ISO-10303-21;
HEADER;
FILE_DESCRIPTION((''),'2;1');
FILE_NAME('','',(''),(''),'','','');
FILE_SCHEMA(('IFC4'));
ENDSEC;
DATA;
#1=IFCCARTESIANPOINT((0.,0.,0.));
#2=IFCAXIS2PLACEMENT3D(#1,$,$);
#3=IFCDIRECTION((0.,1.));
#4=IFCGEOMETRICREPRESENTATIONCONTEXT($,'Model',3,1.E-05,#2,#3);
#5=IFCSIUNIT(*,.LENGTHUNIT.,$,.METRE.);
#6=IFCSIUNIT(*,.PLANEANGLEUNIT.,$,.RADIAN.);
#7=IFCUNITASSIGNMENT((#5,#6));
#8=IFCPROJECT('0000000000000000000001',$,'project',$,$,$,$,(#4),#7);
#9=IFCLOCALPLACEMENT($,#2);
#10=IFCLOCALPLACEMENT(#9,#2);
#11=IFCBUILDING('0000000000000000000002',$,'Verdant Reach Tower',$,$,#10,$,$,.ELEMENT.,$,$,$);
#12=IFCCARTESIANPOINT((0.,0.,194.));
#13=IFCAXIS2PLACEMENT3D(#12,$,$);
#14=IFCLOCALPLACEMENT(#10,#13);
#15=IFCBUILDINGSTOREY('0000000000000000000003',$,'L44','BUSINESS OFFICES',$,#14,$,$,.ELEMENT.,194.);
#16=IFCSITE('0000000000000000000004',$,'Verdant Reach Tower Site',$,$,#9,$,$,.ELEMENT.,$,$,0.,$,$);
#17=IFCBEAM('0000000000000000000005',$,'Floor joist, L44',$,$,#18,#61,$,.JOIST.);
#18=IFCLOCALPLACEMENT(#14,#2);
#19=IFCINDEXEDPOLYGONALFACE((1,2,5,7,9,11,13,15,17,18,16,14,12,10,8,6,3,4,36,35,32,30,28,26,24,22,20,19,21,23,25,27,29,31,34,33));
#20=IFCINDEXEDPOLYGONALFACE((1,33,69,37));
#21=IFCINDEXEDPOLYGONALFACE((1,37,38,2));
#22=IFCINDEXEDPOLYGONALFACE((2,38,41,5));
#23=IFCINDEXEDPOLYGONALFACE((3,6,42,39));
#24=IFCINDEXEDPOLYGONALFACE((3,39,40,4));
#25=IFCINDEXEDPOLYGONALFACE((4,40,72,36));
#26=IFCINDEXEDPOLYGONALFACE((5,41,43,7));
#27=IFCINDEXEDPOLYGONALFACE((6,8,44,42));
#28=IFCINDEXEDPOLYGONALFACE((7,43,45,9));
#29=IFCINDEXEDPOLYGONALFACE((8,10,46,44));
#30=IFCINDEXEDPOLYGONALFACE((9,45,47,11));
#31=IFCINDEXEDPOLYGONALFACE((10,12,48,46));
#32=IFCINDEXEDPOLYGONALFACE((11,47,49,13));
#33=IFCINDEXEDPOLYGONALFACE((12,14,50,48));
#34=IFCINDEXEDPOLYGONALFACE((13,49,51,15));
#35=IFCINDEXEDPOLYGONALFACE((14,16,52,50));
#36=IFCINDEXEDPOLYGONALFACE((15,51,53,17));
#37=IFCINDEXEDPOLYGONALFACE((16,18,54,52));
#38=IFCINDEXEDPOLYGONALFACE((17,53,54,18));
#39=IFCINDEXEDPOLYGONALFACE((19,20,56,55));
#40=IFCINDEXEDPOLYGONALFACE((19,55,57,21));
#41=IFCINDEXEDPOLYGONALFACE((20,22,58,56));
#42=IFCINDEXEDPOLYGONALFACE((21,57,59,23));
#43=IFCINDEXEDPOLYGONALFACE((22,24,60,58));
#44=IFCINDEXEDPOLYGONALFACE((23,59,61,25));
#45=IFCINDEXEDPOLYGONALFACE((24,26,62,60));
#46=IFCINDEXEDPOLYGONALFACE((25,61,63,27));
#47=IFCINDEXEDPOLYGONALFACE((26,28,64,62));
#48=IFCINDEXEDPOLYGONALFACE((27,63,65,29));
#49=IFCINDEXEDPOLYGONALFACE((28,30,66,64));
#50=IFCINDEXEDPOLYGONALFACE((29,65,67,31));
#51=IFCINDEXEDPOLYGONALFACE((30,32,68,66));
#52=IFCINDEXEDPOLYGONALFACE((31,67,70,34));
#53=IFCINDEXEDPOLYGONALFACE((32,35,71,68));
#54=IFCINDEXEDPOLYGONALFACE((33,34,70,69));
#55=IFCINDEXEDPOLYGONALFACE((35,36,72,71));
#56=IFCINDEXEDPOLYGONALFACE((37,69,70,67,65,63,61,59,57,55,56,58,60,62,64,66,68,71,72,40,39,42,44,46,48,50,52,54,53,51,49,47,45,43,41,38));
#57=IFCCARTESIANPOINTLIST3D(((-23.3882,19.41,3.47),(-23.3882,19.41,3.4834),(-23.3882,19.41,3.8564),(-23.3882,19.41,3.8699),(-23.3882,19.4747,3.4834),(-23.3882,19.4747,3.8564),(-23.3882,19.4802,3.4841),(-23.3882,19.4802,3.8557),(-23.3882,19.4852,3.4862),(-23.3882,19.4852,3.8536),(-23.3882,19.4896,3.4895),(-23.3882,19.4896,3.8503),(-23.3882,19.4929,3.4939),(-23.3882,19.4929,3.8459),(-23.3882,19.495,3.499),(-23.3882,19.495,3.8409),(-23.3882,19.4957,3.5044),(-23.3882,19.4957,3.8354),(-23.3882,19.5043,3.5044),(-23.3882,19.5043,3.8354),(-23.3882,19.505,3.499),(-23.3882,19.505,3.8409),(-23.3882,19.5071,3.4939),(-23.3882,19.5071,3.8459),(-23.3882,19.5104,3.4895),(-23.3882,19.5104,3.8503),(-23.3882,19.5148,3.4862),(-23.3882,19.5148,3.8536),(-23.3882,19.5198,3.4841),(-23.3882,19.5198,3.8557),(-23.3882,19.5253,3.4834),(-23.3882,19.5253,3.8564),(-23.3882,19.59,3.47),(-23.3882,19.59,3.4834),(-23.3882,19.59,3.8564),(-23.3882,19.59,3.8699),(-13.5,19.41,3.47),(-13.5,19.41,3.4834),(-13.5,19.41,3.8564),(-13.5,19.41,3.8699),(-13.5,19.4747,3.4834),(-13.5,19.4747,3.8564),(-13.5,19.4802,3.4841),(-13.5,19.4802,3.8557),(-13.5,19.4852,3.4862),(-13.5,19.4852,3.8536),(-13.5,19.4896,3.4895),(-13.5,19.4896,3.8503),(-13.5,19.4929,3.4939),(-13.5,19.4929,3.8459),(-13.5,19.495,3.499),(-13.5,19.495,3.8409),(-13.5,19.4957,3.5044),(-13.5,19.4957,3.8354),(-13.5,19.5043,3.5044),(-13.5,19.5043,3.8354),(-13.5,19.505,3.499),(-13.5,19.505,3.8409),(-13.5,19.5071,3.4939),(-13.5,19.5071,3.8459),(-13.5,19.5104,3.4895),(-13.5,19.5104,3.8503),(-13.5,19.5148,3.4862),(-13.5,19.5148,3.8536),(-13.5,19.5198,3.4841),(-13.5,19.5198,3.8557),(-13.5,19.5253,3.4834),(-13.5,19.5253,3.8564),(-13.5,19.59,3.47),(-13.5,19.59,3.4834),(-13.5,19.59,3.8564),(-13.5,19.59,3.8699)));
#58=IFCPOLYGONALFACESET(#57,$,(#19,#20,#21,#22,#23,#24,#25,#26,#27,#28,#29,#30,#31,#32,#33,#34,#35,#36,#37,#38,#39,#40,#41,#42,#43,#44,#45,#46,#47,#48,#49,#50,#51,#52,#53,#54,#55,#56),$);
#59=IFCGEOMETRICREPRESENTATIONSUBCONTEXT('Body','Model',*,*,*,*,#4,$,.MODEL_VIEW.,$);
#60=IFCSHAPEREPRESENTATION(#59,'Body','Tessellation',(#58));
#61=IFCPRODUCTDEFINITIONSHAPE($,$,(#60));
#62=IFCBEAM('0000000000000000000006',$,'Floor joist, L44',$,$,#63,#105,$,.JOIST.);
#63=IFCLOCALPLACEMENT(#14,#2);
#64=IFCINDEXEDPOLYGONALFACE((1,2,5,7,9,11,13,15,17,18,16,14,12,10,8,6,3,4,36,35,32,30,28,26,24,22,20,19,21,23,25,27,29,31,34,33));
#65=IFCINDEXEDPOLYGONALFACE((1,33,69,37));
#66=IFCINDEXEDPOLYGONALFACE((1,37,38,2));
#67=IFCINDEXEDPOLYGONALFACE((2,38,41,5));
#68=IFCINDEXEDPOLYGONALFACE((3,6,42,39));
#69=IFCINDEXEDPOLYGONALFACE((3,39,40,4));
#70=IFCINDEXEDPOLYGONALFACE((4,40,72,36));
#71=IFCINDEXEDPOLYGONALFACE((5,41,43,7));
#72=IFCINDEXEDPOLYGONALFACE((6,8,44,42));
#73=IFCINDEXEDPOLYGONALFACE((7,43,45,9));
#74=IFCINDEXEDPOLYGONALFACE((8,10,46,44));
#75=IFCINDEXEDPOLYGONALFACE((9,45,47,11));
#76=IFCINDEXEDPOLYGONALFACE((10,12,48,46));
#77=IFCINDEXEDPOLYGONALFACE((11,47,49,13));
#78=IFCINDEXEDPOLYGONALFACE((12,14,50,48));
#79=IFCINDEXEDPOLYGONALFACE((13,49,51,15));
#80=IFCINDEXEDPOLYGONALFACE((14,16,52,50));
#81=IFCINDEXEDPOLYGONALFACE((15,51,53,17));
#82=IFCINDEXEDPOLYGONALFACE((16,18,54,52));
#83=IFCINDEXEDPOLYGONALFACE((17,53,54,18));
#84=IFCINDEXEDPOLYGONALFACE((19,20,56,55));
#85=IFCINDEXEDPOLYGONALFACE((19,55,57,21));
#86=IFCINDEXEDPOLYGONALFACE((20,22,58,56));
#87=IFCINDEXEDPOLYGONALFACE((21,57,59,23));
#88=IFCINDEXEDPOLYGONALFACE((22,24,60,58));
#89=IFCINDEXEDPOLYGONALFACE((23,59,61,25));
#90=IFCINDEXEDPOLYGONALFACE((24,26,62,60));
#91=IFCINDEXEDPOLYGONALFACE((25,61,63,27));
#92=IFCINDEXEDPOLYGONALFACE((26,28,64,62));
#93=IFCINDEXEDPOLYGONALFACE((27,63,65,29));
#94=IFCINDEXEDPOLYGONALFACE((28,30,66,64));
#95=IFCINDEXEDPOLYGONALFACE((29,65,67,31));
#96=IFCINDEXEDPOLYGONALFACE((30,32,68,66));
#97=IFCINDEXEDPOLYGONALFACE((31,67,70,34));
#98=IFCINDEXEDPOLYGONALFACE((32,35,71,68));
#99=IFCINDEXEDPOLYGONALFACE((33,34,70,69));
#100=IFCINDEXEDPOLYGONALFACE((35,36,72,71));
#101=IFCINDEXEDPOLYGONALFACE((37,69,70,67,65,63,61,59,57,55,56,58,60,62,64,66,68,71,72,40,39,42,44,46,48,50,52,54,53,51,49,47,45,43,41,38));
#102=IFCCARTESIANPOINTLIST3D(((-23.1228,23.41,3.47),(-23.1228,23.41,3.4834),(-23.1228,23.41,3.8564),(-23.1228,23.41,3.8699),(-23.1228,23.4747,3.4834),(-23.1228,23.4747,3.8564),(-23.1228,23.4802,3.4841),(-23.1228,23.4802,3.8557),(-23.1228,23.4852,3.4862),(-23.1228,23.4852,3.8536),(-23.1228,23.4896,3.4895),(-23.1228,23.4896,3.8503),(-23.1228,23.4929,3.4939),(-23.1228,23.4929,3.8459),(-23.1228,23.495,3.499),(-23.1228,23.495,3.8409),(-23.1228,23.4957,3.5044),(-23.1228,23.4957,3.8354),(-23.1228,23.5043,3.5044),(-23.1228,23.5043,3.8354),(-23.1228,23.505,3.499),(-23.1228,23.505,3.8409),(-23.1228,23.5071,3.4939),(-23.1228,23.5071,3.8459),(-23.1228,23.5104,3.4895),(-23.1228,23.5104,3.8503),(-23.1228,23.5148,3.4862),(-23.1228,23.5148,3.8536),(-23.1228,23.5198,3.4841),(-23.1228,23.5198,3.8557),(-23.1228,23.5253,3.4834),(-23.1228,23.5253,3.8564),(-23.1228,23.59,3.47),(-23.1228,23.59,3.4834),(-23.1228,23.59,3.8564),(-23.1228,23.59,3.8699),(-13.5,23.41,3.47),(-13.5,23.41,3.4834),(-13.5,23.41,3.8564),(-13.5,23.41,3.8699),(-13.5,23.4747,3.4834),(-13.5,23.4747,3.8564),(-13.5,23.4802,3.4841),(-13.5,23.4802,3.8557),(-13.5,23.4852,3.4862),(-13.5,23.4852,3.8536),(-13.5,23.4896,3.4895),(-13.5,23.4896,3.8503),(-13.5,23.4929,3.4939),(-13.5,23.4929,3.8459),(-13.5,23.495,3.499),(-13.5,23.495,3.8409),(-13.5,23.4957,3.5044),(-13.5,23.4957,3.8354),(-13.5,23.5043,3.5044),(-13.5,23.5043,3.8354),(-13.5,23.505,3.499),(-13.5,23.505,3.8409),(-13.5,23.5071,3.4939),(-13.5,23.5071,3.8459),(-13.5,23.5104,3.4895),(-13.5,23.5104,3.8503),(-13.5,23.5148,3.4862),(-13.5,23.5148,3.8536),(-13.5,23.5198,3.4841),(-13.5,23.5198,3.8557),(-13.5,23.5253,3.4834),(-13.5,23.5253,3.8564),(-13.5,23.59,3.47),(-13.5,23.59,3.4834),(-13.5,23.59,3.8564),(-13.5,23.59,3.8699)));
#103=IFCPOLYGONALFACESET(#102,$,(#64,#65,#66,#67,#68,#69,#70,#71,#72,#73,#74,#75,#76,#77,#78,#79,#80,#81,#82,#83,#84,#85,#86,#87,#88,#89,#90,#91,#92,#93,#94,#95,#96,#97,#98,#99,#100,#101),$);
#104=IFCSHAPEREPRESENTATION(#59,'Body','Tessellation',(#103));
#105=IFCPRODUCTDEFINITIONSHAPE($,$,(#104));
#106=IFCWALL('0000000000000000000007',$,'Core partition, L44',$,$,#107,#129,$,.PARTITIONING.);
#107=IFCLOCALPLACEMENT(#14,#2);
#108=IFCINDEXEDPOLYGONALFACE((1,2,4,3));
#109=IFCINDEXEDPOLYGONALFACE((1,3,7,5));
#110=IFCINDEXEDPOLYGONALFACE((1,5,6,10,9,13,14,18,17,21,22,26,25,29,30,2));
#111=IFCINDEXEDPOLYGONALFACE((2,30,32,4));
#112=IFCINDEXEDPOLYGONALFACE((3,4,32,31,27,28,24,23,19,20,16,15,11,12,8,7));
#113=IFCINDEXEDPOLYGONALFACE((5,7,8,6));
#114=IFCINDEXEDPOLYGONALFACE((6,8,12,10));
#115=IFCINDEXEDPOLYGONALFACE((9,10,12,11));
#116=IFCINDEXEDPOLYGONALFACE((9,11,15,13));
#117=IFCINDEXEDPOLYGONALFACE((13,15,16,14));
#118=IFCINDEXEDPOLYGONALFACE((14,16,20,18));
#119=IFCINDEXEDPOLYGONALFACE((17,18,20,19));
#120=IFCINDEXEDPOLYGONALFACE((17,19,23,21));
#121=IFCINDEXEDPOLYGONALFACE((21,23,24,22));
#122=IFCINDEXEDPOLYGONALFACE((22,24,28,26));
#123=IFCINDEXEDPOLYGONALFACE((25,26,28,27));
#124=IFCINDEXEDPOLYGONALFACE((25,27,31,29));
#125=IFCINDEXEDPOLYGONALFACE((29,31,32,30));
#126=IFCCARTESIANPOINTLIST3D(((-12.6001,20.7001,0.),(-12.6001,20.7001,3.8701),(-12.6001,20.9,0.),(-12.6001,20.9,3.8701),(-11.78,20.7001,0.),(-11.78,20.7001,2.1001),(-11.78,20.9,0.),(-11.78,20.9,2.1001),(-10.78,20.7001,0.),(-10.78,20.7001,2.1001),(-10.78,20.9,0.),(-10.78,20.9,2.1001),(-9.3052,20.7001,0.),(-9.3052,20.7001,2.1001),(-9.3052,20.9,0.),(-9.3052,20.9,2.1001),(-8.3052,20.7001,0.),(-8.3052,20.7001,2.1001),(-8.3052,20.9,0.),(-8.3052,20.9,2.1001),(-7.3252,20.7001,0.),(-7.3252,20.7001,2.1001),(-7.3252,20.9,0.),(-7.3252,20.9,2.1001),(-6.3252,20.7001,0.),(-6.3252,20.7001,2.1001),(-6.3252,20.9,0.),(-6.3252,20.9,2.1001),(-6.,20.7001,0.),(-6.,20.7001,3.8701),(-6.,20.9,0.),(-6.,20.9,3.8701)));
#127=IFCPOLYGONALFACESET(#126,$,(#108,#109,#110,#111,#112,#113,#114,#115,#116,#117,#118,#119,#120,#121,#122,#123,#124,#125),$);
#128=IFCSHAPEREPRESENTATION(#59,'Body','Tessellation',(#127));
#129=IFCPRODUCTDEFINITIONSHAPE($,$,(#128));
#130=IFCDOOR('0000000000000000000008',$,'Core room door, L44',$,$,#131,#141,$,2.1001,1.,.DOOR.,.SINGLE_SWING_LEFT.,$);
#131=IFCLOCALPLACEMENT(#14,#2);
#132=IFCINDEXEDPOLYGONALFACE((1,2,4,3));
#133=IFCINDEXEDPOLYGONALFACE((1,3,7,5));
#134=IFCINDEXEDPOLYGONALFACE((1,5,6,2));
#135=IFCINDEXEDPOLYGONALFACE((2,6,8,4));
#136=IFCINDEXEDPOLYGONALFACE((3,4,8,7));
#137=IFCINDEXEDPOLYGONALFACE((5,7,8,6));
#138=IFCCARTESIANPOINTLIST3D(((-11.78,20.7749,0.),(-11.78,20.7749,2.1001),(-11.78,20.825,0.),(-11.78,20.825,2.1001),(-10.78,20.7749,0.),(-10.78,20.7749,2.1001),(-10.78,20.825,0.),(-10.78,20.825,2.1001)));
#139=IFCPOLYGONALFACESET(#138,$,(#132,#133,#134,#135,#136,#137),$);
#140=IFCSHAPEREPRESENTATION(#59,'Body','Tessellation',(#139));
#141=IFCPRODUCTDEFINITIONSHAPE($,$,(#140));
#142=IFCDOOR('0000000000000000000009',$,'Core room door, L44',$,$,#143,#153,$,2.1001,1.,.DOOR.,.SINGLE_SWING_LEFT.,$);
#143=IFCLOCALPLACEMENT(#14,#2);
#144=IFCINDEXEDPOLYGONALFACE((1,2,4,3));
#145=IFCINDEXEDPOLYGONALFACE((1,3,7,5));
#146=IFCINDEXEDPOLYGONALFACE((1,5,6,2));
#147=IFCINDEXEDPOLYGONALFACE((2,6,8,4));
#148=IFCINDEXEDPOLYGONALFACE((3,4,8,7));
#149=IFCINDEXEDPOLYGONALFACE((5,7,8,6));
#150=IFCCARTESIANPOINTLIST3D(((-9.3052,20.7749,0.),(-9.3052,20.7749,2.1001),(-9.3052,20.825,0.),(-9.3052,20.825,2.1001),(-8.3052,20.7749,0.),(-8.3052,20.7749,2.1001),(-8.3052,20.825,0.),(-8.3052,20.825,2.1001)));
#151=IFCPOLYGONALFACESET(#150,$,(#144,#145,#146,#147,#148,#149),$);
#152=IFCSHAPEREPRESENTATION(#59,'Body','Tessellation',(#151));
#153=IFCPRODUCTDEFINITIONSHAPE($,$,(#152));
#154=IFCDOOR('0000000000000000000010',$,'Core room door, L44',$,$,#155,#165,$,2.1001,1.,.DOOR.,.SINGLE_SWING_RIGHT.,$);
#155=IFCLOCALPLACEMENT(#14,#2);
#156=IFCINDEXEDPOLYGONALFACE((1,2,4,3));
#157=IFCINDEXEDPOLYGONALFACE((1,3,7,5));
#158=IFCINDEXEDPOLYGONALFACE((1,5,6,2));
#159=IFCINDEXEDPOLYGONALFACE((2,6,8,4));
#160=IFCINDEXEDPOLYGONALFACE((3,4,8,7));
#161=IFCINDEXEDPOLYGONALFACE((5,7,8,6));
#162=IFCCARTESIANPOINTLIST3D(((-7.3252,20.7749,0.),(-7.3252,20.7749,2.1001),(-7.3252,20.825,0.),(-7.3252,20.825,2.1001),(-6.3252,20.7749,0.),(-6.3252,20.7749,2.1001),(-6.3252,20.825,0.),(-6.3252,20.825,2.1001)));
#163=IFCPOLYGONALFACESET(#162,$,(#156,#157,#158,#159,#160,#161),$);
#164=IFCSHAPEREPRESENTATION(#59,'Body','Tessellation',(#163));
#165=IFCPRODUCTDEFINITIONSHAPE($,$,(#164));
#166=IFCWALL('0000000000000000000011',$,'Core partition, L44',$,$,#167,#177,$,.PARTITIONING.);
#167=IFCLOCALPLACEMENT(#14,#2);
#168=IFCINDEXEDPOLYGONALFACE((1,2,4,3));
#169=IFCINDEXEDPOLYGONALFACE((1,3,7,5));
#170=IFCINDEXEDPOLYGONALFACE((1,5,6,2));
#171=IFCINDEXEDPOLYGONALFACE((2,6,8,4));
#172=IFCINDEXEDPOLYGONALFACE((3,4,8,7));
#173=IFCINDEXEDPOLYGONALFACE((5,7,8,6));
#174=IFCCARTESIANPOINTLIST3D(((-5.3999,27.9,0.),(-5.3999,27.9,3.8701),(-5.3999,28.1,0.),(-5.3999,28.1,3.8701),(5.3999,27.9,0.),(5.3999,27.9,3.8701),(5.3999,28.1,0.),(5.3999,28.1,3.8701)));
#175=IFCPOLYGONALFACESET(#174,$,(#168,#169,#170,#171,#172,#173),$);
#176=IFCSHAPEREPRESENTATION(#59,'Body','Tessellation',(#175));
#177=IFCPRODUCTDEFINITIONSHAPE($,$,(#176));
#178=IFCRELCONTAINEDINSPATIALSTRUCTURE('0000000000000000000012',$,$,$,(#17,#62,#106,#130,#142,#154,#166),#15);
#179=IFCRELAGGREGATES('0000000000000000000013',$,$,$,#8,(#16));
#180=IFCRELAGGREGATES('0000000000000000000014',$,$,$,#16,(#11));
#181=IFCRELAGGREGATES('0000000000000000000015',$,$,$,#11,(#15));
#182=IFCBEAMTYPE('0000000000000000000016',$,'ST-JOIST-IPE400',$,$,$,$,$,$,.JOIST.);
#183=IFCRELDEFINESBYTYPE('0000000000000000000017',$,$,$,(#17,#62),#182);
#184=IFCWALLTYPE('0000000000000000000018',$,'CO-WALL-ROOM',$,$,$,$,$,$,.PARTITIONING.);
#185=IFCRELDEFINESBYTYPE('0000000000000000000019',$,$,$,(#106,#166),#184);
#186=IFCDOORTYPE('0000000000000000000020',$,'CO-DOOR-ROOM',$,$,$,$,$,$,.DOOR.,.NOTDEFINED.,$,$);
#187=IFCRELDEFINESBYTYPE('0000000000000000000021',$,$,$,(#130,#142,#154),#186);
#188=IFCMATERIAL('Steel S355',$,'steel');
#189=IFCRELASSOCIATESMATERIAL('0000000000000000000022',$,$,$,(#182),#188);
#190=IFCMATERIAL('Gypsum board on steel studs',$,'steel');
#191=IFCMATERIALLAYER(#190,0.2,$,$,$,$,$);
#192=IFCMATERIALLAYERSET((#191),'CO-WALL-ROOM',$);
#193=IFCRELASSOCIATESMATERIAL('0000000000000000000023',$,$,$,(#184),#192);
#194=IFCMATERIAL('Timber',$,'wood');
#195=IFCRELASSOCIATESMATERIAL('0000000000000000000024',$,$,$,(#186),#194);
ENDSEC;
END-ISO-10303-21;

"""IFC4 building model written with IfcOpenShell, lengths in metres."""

from ifc_helpers import new_model, si_unit, direction, frame, frame_2d, origin, origin_2d, place, context, subcontext, project, spatial, rectangle, i_section, extrude, material, layer, layer_set, material_profile, profile_set, type_object, element, fill, save


model = new_model("IFC4")

# Units and contexts
model_context = context("Model", 3, precision=1e-05, world=origin(), true_north=direction((0.0, 1.0)))
body_context = subcontext(model_context, "Body", "Model", "MODEL_VIEW")
ifc_project = project(units=[si_unit("LENGTHUNIT", "METRE"), si_unit("PLANEANGLEUNIT", "RADIAN")], contexts=[model_context])

# Site, building, storey
site_placement = place(None, origin())
site = spatial("IfcSite", under=ifc_project, at=site_placement, Name="Verdant Reach Tower Site", CompositionType="ELEMENT", RefElevation=0.0)
building_placement = place(site_placement, origin())
building = spatial("IfcBuilding", under=site, at=building_placement, Name="Verdant Reach Tower", CompositionType="ELEMENT")
storey_placement = place(building_placement, frame((0.0, 0.0, 194.0)))
storey = spatial("IfcBuildingStorey", under=building, at=storey_placement, Name="L44", Description="BUSINESS OFFICES", CompositionType="ELEMENT", Elevation=194.0)

# Beams
ifc_material_1 = material(Name="Steel S355", Category="steel")
ifc_material_profile = material_profile(ifc_material_1, i_section(OverallWidth=0.1799, OverallDepth=0.3999, WebThickness=0.0085, FlangeThickness=0.0134, FilletRadius=0.021, at=origin_2d()), Name="IPE 400")
ifc_profile_set = profile_set([ifc_material_profile], Name="Steel S355")
beam_type = type_object("IfcBeamType", Name="ST-JOIST-IPE400", PredefinedType="JOIST", material=ifc_profile_set)
beam_1_placement = place(storey_placement, frame((-13.5, 19.5, 3.6699), z_axis=(-1.0, 0.0, 0.0), x_axis=(0.0, -1.0, 0.0)))
element("IfcBeam", 1, at=beam_1_placement, inside=storey, type_object=beam_type, Name="Floor joist, L44", PredefinedType="JOIST", context=body_context, shape_type="SweptSolid", body=[
    extrude(i_section(OverallWidth=0.1799, OverallDepth=0.3999, WebThickness=0.0085, FlangeThickness=0.0134, FilletRadius=0.021, at=origin_2d()), origin(), (0.0, 0.0, 1.0), 9.8882),
])
beam_2_placement = place(storey_placement, frame((-13.5, 23.5, 3.6699), z_axis=(-1.0, 0.0, 0.0), x_axis=(0.0, -1.0, 0.0)))
element("IfcBeam", 2, at=beam_2_placement, inside=storey, type_object=beam_type, Name="Floor joist, L44", PredefinedType="JOIST", context=body_context, shape_type="SweptSolid", body=[
    extrude(i_section(OverallWidth=0.1799, OverallDepth=0.3999, WebThickness=0.0085, FlangeThickness=0.0134, FilletRadius=0.021, at=origin_2d()), origin(), (0.0, 0.0, 1.0), 9.6228),
])

# Wall, openings, doors
ifc_material_2 = material(Name="Gypsum board on steel studs", Category="steel")
ifc_layer_1 = layer(ifc_material_2, 0.2)
ifc_layer_set_1 = layer_set([ifc_layer_1], Name="CO-WALL-ROOM")
wall_type_1 = type_object("IfcWallType", Name="CO-WALL-ROOM", PredefinedType="PARTITIONING", material=ifc_layer_set_1)
wall_1_placement = place(storey_placement, frame((-12.6001, 20.8, 0.0), z_axis=(0.0, 0.0, 1.0), x_axis=(1.0, 0.0, 0.0)))
wall_1 = element("IfcWall", 3, at=wall_1_placement, inside=storey, type_object=wall_type_1, Name="Core partition, L44", PredefinedType="PARTITIONING", context=body_context, shape_type="SweptSolid", body=[
    extrude(rectangle(XDim=6.6001, YDim=0.2, at=frame_2d((3.3, 0.0))), origin(), (0.0, 0.0, 1.0), 3.8701),
])
opening_1_placement = place(wall_1_placement, frame((0.8201, 0.0, 0.0)))
opening_1 = element("IfcOpeningElement", 4, at=opening_1_placement, cuts=wall_1, PredefinedType="OPENING", context=body_context, shape_type="SweptSolid", body=[
    extrude(rectangle(XDim=1.0, YDim=2.1001, at=frame_2d((0.5, 1.05))), frame((0.0, 0.1099, 0.0), z_axis=(0.0, -1.0, 0.0), x_axis=(1.0, 0.0, 0.0)), (0.0, 0.0, 1.0), 0.22),
])
opening_2_placement = place(wall_1_placement, frame((3.2949, 0.0, 0.0)))
opening_2 = element("IfcOpeningElement", 5, at=opening_2_placement, cuts=wall_1, PredefinedType="OPENING", context=body_context, shape_type="SweptSolid", body=[
    extrude(rectangle(XDim=1.0, YDim=2.1001, at=frame_2d((0.5, 1.05))), frame((0.0, 0.1099, 0.0), z_axis=(0.0, -1.0, 0.0), x_axis=(1.0, 0.0, 0.0)), (0.0, 0.0, 1.0), 0.22),
])
opening_3_placement = place(wall_1_placement, frame((5.2749, 0.0, 0.0)))
opening_3 = element("IfcOpeningElement", 6, at=opening_3_placement, cuts=wall_1, PredefinedType="OPENING", context=body_context, shape_type="SweptSolid", body=[
    extrude(rectangle(XDim=1.0, YDim=2.1001, at=frame_2d((0.5, 1.05))), frame((0.0, 0.1099, 0.0), z_axis=(0.0, -1.0, 0.0), x_axis=(1.0, 0.0, 0.0)), (0.0, 0.0, 1.0), 0.22),
])
ifc_material_3 = material(Name="Timber", Category="wood")
door_type_1 = type_object("IfcDoorType", Name="CO-DOOR-ROOM", OperationType="NOTDEFINED", PredefinedType="DOOR", material=ifc_material_3)
door_1_placement = place(opening_1_placement, origin())
door_1 = element("IfcDoor", 7, at=door_1_placement, inside=storey, type_object=door_type_1, Name="Core room door, L44", OperationType="SINGLE_SWING_LEFT", OverallHeight=2.1001, OverallWidth=1.0, PredefinedType="DOOR", context=body_context, shape_type="SweptSolid", body=[
    extrude(rectangle(XDim=1.0, YDim=2.1001, at=frame_2d((0.5, 1.05))), frame((0.0, 0.0249, 0.0), z_axis=(0.0, -1.0, 0.0), x_axis=(1.0, 0.0, 0.0)), (0.0, 0.0, 1.0), 0.05),
])
fill(opening_1, door_1)
door_2_placement = place(opening_2_placement, origin())
door_2 = element("IfcDoor", 8, at=door_2_placement, inside=storey, type_object=door_type_1, Name="Core room door, L44", OperationType="SINGLE_SWING_LEFT", OverallHeight=2.1001, OverallWidth=1.0, PredefinedType="DOOR", context=body_context, shape_type="SweptSolid", body=[
    extrude(rectangle(XDim=1.0, YDim=2.1001, at=frame_2d((0.5, 1.05))), frame((0.0, 0.0249, 0.0), z_axis=(0.0, -1.0, 0.0), x_axis=(1.0, 0.0, 0.0)), (0.0, 0.0, 1.0), 0.05),
])
fill(opening_2, door_2)
door_3_placement = place(opening_3_placement, origin())
door_3 = element("IfcDoor", 9, at=door_3_placement, inside=storey, type_object=door_type_1, Name="Core room door, L44", OperationType="SINGLE_SWING_RIGHT", OverallHeight=2.1001, OverallWidth=1.0, PredefinedType="DOOR", context=body_context, shape_type="SweptSolid", body=[
    extrude(rectangle(XDim=1.0, YDim=2.1001, at=frame_2d((0.5, 1.05))), frame((0.0, 0.0249, 0.0), z_axis=(0.0, -1.0, 0.0), x_axis=(1.0, 0.0, 0.0)), (0.0, 0.0, 1.0), 0.05),
])
fill(opening_3, door_3)

# Wall
wall_2_placement = place(storey_placement, frame((-5.3999, 28.0, 0.0), z_axis=(0.0, 0.0, 1.0), x_axis=(1.0, 0.0, 0.0)))
element("IfcWall", 10, at=wall_2_placement, inside=storey, type_object=wall_type_1, Name="Core partition, L44", PredefinedType="PARTITIONING", context=body_context, shape_type="SweptSolid", body=[
    extrude(rectangle(XDim=10.7998, YDim=0.2, at=frame_2d((5.3999, 0.0))), origin(), (0.0, 0.0, 1.0), 3.8701),
])

save(model, "model.ifc")
